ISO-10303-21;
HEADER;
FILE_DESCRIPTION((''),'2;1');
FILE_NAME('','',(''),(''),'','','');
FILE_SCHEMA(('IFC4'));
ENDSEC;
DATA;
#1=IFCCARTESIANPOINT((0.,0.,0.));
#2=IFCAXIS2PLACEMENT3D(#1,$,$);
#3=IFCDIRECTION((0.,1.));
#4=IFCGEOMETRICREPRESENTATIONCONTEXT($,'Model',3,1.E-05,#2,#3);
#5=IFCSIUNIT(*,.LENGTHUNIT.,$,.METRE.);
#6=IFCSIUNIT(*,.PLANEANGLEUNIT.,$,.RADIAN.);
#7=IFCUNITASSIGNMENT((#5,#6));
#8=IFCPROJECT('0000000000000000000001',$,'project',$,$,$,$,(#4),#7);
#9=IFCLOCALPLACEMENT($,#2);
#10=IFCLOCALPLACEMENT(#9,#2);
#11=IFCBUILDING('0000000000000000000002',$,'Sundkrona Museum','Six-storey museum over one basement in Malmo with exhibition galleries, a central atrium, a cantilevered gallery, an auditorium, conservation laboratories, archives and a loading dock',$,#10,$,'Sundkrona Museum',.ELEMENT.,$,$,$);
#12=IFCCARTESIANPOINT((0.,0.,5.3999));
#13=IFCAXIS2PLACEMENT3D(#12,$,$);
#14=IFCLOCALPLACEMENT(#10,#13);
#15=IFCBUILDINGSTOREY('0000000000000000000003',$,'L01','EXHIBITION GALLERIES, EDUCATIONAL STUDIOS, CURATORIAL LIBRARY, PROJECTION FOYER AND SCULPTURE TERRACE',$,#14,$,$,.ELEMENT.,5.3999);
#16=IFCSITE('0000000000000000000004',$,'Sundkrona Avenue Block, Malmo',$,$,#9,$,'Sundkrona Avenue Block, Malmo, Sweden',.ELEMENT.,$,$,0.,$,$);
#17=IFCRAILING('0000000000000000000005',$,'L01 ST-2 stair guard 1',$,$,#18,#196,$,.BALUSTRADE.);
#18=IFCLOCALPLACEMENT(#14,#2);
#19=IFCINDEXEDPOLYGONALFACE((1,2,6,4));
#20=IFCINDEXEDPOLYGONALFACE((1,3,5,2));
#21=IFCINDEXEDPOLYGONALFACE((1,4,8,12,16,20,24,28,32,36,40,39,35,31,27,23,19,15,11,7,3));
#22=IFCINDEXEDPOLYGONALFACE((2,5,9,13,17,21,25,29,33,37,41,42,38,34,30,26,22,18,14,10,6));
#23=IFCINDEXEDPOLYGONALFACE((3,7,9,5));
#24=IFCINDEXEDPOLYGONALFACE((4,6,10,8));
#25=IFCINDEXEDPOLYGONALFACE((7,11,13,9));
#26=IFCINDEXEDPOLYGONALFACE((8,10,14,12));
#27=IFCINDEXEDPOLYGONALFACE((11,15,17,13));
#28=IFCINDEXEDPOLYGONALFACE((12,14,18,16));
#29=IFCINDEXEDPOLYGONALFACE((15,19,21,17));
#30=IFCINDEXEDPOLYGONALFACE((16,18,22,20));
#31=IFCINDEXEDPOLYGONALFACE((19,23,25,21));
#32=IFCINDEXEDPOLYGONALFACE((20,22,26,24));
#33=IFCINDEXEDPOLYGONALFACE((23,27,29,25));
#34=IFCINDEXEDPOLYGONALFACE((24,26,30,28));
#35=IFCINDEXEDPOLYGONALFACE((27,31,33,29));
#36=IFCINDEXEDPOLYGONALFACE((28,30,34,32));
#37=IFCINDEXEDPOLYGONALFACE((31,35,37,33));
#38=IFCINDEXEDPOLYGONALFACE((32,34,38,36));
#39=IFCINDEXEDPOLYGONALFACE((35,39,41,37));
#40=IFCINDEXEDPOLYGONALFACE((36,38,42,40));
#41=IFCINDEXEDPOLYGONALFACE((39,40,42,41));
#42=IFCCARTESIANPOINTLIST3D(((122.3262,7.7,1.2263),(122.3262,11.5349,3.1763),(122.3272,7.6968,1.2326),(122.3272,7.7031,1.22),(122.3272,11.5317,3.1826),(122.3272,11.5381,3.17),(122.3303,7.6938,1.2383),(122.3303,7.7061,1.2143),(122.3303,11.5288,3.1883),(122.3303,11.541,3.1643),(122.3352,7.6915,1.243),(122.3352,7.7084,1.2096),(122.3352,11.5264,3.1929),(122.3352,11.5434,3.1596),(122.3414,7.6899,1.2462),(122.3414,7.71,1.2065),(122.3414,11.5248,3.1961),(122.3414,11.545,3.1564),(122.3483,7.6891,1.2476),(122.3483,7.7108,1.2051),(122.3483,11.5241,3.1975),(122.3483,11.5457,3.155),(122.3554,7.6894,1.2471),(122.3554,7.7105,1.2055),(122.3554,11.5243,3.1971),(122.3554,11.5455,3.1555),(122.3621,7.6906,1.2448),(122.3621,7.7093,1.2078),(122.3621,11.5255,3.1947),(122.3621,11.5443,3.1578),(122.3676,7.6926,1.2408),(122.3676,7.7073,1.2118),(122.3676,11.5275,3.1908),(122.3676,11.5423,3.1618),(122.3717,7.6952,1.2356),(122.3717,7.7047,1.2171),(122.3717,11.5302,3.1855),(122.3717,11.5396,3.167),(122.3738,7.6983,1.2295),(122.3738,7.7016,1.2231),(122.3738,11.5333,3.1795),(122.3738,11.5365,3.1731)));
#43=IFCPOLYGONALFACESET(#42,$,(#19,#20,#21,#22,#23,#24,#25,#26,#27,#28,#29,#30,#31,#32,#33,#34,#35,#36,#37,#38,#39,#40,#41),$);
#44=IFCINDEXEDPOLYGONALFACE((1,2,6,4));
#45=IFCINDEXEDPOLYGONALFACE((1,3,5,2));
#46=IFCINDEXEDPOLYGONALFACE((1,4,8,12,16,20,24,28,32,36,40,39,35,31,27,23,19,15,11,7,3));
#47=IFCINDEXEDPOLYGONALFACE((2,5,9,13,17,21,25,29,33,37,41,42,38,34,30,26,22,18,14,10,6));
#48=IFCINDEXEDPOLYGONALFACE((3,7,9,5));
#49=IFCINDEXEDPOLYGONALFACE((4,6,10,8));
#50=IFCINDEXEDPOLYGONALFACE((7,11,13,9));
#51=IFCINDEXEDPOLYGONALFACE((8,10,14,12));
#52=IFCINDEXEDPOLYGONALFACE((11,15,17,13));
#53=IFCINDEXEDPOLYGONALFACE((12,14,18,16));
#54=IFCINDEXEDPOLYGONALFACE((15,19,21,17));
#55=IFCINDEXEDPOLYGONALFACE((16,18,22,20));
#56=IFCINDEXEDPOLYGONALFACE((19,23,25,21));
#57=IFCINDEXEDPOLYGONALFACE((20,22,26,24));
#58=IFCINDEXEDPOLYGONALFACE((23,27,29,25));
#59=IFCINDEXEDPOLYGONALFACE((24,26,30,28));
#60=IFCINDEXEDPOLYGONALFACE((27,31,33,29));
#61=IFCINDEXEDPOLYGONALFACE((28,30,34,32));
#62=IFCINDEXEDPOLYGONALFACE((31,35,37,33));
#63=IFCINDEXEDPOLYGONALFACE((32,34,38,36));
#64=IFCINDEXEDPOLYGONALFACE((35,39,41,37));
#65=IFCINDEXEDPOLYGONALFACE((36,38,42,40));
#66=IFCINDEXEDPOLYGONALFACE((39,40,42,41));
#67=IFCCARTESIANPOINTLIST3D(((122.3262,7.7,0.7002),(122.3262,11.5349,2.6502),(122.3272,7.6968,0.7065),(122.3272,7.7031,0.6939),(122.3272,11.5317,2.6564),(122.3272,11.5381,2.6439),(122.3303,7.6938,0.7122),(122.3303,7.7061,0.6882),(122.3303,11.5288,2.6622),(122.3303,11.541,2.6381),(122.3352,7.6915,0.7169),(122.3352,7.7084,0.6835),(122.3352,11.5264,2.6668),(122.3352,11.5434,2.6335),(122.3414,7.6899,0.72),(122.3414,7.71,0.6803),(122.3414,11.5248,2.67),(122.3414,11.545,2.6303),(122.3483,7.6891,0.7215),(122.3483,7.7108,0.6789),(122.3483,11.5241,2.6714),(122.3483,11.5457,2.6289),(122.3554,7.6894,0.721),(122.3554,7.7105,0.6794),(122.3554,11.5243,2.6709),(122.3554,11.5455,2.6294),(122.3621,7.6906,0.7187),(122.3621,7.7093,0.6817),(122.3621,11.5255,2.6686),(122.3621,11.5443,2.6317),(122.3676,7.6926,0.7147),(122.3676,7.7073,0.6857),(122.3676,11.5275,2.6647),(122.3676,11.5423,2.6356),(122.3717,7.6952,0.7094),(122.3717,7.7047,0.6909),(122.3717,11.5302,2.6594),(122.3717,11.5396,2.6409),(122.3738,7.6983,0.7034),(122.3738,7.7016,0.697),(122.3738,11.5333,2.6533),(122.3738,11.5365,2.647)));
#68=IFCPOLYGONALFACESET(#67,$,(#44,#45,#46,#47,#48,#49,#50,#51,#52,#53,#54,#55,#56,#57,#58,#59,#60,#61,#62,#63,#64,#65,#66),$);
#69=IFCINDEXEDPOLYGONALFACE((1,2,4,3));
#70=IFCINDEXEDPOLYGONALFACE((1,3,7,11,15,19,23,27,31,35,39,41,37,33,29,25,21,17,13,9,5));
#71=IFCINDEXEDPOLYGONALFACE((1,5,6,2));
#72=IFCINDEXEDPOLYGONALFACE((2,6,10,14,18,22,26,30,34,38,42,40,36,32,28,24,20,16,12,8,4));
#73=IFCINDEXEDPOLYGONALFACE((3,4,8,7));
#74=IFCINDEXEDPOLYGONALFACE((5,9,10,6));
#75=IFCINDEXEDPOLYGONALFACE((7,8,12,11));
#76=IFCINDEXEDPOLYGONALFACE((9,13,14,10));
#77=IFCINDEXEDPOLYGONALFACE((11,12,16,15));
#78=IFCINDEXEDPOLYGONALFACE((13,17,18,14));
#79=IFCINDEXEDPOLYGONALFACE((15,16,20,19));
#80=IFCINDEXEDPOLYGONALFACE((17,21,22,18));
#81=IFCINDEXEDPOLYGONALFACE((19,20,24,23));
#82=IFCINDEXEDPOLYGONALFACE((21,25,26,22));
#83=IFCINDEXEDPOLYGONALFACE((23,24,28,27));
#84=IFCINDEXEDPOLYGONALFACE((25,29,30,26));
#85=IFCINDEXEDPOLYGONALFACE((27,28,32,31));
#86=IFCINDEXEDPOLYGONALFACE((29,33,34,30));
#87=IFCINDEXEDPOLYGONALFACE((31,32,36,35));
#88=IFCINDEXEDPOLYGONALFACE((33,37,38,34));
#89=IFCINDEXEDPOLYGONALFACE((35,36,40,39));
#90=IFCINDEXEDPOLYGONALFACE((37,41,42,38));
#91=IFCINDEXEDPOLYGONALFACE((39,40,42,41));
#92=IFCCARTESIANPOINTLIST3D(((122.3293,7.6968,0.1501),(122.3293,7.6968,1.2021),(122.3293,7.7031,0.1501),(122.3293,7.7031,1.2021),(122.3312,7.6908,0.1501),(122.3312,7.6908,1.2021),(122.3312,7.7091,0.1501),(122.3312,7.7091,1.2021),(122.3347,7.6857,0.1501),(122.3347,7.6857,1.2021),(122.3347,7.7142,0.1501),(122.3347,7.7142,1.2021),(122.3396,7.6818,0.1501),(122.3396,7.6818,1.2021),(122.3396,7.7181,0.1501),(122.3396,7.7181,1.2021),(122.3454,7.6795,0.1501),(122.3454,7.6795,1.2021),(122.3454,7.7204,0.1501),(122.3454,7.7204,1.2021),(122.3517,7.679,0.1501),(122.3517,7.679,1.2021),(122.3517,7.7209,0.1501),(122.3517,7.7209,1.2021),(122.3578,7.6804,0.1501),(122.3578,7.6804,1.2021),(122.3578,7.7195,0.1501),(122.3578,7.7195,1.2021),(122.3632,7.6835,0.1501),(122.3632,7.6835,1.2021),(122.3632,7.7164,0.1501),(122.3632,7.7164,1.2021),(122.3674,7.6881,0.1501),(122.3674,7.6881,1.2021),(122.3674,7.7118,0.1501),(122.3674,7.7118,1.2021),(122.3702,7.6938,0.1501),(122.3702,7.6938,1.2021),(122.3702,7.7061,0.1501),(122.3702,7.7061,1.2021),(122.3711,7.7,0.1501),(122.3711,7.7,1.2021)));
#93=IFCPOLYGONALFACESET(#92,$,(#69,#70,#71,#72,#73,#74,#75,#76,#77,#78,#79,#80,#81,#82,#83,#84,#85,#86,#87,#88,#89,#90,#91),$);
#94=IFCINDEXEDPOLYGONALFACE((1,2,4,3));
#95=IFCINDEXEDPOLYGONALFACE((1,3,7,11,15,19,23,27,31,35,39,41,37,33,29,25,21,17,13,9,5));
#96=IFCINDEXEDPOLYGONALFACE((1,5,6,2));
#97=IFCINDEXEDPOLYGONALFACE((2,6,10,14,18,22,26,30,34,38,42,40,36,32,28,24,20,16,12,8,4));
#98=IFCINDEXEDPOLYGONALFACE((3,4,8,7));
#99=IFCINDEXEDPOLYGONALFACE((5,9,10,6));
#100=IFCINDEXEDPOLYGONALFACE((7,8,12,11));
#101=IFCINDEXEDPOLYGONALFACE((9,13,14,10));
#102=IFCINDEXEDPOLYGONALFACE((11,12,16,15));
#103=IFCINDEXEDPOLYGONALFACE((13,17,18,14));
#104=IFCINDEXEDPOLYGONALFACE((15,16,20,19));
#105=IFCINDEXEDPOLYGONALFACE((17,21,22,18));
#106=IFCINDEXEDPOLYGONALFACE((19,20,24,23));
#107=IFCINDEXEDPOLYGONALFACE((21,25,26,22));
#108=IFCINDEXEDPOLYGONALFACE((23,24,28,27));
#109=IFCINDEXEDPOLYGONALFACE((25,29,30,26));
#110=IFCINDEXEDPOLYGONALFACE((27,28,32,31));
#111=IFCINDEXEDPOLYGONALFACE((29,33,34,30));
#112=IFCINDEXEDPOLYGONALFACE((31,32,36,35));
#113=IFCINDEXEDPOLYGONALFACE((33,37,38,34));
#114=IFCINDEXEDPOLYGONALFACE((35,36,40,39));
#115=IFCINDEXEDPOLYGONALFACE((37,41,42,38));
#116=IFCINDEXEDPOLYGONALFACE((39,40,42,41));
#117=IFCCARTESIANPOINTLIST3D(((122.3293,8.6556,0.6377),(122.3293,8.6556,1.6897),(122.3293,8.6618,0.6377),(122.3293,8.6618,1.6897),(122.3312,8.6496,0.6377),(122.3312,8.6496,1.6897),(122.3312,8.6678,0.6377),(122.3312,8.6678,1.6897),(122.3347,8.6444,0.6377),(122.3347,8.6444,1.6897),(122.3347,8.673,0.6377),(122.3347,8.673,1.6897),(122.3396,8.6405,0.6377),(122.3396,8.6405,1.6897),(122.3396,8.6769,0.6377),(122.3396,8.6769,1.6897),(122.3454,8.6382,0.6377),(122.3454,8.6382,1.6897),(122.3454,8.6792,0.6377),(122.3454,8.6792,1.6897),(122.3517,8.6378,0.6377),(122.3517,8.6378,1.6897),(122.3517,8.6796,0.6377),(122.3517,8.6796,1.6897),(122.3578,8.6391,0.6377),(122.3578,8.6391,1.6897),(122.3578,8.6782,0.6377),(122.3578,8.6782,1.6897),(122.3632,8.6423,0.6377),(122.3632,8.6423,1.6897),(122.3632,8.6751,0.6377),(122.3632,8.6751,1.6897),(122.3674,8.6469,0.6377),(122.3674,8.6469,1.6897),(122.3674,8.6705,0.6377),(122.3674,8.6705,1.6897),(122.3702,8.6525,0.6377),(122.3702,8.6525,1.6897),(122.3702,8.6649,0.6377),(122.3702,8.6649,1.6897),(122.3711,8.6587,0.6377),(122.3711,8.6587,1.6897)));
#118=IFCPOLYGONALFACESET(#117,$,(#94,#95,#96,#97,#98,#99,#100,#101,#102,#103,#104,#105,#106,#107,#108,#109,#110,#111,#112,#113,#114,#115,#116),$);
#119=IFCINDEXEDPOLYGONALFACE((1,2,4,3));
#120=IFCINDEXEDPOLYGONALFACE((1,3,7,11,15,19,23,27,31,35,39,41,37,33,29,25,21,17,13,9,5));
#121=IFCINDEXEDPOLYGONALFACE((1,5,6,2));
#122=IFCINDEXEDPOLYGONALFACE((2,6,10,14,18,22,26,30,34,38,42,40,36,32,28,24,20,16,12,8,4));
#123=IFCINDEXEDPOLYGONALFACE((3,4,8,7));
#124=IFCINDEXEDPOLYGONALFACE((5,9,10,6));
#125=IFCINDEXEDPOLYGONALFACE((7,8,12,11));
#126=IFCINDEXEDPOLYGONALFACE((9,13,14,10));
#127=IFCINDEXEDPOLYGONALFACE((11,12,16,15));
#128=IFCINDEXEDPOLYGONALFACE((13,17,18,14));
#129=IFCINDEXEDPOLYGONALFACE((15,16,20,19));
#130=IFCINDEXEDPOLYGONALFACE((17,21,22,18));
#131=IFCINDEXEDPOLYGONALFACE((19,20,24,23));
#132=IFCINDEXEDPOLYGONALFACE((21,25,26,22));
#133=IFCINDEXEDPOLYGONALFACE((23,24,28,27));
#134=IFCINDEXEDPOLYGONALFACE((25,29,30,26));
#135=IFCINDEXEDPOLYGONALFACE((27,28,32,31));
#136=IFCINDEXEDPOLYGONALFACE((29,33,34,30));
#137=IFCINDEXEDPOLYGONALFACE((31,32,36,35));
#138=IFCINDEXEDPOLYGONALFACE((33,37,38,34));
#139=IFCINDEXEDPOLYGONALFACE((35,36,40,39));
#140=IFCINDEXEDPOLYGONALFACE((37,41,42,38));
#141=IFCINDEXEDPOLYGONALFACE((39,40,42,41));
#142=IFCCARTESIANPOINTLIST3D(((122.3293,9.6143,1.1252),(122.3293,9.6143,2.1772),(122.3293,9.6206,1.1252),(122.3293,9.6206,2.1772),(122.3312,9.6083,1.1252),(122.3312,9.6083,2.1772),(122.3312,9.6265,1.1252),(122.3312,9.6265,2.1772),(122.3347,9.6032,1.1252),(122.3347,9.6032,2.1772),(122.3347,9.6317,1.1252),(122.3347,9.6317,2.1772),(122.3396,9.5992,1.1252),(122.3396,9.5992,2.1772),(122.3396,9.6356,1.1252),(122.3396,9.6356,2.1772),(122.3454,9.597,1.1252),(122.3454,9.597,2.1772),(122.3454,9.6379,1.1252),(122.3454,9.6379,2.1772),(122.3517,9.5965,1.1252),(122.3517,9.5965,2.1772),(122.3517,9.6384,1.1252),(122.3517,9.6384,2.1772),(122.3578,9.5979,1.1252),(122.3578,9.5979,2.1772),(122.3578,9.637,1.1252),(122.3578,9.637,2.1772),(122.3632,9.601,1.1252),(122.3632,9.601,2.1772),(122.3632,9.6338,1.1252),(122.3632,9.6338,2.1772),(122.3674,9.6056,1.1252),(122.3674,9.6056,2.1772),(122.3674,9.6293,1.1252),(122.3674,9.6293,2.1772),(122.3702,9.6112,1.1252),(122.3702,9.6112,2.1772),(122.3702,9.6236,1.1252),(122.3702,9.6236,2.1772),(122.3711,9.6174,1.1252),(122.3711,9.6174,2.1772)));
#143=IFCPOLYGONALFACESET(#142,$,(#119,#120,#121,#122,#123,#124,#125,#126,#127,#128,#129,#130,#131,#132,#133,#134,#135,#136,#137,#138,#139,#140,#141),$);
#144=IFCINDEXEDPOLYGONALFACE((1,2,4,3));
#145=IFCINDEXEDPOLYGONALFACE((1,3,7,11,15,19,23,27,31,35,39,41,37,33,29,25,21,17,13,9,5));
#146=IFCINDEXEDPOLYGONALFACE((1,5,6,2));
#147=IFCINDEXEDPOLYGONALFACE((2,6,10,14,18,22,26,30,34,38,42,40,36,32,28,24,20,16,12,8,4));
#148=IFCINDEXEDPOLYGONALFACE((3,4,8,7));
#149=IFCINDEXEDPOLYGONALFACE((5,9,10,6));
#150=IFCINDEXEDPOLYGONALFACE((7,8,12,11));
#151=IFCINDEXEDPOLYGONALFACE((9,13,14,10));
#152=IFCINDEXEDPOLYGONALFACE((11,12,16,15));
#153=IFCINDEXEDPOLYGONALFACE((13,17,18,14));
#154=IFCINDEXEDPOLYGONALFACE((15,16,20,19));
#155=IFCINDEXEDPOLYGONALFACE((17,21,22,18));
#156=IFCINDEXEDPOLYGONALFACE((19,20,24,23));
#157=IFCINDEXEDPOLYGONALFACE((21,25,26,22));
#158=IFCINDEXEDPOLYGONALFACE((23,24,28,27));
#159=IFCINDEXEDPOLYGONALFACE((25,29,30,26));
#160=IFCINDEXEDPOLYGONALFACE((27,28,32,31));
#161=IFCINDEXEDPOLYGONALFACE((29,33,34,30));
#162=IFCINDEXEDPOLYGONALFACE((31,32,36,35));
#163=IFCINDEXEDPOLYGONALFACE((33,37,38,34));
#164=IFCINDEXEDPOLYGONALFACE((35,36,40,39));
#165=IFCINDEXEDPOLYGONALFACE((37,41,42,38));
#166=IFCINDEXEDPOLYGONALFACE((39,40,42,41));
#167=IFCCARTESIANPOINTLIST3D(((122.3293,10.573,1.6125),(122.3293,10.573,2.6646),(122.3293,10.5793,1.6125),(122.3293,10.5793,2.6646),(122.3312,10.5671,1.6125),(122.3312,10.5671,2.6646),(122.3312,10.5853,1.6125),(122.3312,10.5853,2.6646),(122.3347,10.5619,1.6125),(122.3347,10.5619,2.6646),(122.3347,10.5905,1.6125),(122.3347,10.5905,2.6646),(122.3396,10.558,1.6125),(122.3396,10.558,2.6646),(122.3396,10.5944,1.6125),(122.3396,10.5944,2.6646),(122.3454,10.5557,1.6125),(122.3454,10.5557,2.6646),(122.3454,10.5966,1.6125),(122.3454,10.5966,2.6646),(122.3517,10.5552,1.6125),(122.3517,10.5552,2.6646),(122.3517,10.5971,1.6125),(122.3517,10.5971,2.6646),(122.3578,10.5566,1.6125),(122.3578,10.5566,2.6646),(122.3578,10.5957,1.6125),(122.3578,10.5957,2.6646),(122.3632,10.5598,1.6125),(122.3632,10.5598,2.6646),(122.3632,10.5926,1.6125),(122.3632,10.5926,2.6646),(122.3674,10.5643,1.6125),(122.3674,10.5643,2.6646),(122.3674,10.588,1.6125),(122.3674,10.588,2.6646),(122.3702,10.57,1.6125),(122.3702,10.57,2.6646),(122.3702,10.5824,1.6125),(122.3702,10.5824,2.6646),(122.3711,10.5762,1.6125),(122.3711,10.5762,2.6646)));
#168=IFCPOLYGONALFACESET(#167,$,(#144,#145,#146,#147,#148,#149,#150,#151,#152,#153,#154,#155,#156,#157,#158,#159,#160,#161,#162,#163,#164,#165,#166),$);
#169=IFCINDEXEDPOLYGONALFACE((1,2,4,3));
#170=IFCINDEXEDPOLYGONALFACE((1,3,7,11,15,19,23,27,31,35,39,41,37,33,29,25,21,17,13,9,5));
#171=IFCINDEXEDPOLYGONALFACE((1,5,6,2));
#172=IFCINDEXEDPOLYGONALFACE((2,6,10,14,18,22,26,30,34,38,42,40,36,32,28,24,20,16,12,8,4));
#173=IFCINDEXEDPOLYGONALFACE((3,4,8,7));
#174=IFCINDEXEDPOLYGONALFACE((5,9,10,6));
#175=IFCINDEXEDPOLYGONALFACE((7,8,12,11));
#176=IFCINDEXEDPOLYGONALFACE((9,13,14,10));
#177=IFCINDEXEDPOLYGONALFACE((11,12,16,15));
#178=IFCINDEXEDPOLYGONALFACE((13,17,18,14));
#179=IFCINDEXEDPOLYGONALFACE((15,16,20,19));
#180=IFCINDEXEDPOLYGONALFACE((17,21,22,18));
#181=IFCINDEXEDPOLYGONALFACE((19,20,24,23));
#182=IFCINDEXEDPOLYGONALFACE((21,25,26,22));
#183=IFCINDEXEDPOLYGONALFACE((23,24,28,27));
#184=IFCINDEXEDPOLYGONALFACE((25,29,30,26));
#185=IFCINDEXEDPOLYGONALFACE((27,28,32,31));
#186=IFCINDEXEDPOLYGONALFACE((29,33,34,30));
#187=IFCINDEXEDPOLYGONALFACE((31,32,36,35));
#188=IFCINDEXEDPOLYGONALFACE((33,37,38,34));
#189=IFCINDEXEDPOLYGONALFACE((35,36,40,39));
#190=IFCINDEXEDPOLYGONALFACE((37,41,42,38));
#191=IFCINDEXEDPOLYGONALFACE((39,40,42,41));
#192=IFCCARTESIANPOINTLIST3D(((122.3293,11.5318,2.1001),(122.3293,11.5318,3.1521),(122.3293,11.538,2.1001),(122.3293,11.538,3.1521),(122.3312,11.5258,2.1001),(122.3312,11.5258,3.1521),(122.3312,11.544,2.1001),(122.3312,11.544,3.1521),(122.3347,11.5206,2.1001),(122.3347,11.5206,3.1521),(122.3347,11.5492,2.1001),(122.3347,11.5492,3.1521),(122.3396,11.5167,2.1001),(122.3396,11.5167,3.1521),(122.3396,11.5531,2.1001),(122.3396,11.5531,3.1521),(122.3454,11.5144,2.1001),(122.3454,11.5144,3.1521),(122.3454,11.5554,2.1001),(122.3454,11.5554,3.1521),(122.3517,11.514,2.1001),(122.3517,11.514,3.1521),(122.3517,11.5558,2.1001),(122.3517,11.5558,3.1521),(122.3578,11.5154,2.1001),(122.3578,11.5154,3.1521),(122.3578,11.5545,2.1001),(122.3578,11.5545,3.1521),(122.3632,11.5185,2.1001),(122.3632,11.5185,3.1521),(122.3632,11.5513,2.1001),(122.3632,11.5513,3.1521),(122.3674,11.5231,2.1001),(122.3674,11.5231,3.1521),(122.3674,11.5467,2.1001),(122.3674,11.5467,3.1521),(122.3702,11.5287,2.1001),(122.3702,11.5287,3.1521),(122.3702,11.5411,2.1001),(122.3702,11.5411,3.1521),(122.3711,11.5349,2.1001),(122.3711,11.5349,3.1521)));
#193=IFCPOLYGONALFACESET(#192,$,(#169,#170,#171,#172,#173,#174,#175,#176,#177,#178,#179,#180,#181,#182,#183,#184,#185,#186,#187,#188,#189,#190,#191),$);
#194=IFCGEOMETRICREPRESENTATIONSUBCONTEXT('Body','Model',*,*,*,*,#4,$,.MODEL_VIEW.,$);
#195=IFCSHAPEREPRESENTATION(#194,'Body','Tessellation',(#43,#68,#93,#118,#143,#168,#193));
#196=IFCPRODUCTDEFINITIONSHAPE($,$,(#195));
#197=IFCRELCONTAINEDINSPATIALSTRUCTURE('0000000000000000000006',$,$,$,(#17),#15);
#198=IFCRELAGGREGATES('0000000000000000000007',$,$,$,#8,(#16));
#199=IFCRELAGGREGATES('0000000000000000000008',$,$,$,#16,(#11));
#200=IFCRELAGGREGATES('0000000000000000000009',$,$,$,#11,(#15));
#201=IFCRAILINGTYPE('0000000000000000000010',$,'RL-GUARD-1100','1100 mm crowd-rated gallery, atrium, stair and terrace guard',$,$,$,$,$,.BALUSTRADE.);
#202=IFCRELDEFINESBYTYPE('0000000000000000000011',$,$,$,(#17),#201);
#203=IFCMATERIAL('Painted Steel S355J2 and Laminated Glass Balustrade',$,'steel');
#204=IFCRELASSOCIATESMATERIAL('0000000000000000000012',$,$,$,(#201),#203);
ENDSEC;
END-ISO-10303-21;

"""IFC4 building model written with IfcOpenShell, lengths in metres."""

from ifc_helpers import new_model, si_unit, direction, frame, origin, origin_2d, place, context, subcontext, project, spatial, circle, extrude, material, type_object, element, save


model = new_model("IFC4")

# Units and contexts
model_context = context("Model", 3, precision=1e-05, world=origin(), true_north=direction((0.0, 1.0)))
body_context = subcontext(model_context, "Body", "Model", "MODEL_VIEW")
ifc_project = project(units=[si_unit("LENGTHUNIT", "METRE"), si_unit("PLANEANGLEUNIT", "RADIAN")], contexts=[model_context])

# Site, building, storey
site_placement = place(None, origin())
site = spatial("IfcSite", under=ifc_project, at=site_placement, Name="Sundkrona Avenue Block, Malmo", LongName="Sundkrona Avenue Block, Malmo, Sweden", CompositionType="ELEMENT", RefElevation=0.0)
building_placement = place(site_placement, origin())
building = spatial("IfcBuilding", under=site, at=building_placement, Name="Sundkrona Museum", Description="Six-storey museum over one basement in Malmo with exhibition galleries, a central atrium, a cantilevered gallery, an auditorium, conservation laboratories, archives and a loading dock", LongName="Sundkrona Museum", CompositionType="ELEMENT")
storey_placement = place(building_placement, frame((0.0, 0.0, 5.3999)))
storey = spatial("IfcBuildingStorey", under=building, at=storey_placement, Name="L01", Description="EXHIBITION GALLERIES, EDUCATIONAL STUDIOS, CURATORIAL LIBRARY, PROJECTION FOYER AND SCULPTURE TERRACE", CompositionType="ELEMENT", Elevation=5.3999)

# Railing
ifc_material_1 = material(Name="Painted Steel S355J2 and Laminated Glass Balustrade", Category="steel")
railing_type_1 = type_object("IfcRailingType", Name="RL-GUARD-1100", Description="1100 mm crowd-rated gallery, atrium, stair and terrace guard", PredefinedType="BALUSTRADE", material=ifc_material_1)
railing_1_placement = place(storey_placement, frame((122.3501, 7.7, 0.1501)))
element("IfcRailing", 1, at=railing_1_placement, inside=storey, type_object=railing_type_1, Name="L01 ST-2 stair guard 1", PredefinedType="BALUSTRADE", context=body_context, shape_type="SweptSolid", body=[
    extrude(circle(Radius=0.0239, at=origin_2d()), frame((0.0, 0.0, 1.0762), z_axis=(0.0, 0.891388, 0.453241), x_axis=(-1.0, 0.0, 0.0)), (0.0, 0.0, 1.0), 4.3022),
    extrude(circle(Radius=0.0239, at=origin_2d()), frame((0.0, 0.0, 0.55), z_axis=(0.0, 0.891388, 0.453241), x_axis=(-1.0, 0.0, 0.0)), (0.0, 0.0, 1.0), 4.3022),
    extrude(circle(Radius=0.021, at=origin_2d()), origin(), (0.0, 0.0, 1.0), 1.052),
    extrude(circle(Radius=0.021, at=origin_2d()), frame((0.0, 0.9587, 0.4875)), (0.0, 0.0, 1.0), 1.052),
    extrude(circle(Radius=0.021, at=origin_2d()), frame((0.0, 1.9175, 0.9751)), (0.0, 0.0, 1.0), 1.052),
    extrude(circle(Radius=0.021, at=origin_2d()), frame((0.0, 2.8762, 1.4624)), (0.0, 0.0, 1.0), 1.052),
    extrude(circle(Radius=0.021, at=origin_2d()), frame((0.0, 3.835, 1.95)), (0.0, 0.0, 1.0), 1.052),
])

save(model, "model.ifc")
